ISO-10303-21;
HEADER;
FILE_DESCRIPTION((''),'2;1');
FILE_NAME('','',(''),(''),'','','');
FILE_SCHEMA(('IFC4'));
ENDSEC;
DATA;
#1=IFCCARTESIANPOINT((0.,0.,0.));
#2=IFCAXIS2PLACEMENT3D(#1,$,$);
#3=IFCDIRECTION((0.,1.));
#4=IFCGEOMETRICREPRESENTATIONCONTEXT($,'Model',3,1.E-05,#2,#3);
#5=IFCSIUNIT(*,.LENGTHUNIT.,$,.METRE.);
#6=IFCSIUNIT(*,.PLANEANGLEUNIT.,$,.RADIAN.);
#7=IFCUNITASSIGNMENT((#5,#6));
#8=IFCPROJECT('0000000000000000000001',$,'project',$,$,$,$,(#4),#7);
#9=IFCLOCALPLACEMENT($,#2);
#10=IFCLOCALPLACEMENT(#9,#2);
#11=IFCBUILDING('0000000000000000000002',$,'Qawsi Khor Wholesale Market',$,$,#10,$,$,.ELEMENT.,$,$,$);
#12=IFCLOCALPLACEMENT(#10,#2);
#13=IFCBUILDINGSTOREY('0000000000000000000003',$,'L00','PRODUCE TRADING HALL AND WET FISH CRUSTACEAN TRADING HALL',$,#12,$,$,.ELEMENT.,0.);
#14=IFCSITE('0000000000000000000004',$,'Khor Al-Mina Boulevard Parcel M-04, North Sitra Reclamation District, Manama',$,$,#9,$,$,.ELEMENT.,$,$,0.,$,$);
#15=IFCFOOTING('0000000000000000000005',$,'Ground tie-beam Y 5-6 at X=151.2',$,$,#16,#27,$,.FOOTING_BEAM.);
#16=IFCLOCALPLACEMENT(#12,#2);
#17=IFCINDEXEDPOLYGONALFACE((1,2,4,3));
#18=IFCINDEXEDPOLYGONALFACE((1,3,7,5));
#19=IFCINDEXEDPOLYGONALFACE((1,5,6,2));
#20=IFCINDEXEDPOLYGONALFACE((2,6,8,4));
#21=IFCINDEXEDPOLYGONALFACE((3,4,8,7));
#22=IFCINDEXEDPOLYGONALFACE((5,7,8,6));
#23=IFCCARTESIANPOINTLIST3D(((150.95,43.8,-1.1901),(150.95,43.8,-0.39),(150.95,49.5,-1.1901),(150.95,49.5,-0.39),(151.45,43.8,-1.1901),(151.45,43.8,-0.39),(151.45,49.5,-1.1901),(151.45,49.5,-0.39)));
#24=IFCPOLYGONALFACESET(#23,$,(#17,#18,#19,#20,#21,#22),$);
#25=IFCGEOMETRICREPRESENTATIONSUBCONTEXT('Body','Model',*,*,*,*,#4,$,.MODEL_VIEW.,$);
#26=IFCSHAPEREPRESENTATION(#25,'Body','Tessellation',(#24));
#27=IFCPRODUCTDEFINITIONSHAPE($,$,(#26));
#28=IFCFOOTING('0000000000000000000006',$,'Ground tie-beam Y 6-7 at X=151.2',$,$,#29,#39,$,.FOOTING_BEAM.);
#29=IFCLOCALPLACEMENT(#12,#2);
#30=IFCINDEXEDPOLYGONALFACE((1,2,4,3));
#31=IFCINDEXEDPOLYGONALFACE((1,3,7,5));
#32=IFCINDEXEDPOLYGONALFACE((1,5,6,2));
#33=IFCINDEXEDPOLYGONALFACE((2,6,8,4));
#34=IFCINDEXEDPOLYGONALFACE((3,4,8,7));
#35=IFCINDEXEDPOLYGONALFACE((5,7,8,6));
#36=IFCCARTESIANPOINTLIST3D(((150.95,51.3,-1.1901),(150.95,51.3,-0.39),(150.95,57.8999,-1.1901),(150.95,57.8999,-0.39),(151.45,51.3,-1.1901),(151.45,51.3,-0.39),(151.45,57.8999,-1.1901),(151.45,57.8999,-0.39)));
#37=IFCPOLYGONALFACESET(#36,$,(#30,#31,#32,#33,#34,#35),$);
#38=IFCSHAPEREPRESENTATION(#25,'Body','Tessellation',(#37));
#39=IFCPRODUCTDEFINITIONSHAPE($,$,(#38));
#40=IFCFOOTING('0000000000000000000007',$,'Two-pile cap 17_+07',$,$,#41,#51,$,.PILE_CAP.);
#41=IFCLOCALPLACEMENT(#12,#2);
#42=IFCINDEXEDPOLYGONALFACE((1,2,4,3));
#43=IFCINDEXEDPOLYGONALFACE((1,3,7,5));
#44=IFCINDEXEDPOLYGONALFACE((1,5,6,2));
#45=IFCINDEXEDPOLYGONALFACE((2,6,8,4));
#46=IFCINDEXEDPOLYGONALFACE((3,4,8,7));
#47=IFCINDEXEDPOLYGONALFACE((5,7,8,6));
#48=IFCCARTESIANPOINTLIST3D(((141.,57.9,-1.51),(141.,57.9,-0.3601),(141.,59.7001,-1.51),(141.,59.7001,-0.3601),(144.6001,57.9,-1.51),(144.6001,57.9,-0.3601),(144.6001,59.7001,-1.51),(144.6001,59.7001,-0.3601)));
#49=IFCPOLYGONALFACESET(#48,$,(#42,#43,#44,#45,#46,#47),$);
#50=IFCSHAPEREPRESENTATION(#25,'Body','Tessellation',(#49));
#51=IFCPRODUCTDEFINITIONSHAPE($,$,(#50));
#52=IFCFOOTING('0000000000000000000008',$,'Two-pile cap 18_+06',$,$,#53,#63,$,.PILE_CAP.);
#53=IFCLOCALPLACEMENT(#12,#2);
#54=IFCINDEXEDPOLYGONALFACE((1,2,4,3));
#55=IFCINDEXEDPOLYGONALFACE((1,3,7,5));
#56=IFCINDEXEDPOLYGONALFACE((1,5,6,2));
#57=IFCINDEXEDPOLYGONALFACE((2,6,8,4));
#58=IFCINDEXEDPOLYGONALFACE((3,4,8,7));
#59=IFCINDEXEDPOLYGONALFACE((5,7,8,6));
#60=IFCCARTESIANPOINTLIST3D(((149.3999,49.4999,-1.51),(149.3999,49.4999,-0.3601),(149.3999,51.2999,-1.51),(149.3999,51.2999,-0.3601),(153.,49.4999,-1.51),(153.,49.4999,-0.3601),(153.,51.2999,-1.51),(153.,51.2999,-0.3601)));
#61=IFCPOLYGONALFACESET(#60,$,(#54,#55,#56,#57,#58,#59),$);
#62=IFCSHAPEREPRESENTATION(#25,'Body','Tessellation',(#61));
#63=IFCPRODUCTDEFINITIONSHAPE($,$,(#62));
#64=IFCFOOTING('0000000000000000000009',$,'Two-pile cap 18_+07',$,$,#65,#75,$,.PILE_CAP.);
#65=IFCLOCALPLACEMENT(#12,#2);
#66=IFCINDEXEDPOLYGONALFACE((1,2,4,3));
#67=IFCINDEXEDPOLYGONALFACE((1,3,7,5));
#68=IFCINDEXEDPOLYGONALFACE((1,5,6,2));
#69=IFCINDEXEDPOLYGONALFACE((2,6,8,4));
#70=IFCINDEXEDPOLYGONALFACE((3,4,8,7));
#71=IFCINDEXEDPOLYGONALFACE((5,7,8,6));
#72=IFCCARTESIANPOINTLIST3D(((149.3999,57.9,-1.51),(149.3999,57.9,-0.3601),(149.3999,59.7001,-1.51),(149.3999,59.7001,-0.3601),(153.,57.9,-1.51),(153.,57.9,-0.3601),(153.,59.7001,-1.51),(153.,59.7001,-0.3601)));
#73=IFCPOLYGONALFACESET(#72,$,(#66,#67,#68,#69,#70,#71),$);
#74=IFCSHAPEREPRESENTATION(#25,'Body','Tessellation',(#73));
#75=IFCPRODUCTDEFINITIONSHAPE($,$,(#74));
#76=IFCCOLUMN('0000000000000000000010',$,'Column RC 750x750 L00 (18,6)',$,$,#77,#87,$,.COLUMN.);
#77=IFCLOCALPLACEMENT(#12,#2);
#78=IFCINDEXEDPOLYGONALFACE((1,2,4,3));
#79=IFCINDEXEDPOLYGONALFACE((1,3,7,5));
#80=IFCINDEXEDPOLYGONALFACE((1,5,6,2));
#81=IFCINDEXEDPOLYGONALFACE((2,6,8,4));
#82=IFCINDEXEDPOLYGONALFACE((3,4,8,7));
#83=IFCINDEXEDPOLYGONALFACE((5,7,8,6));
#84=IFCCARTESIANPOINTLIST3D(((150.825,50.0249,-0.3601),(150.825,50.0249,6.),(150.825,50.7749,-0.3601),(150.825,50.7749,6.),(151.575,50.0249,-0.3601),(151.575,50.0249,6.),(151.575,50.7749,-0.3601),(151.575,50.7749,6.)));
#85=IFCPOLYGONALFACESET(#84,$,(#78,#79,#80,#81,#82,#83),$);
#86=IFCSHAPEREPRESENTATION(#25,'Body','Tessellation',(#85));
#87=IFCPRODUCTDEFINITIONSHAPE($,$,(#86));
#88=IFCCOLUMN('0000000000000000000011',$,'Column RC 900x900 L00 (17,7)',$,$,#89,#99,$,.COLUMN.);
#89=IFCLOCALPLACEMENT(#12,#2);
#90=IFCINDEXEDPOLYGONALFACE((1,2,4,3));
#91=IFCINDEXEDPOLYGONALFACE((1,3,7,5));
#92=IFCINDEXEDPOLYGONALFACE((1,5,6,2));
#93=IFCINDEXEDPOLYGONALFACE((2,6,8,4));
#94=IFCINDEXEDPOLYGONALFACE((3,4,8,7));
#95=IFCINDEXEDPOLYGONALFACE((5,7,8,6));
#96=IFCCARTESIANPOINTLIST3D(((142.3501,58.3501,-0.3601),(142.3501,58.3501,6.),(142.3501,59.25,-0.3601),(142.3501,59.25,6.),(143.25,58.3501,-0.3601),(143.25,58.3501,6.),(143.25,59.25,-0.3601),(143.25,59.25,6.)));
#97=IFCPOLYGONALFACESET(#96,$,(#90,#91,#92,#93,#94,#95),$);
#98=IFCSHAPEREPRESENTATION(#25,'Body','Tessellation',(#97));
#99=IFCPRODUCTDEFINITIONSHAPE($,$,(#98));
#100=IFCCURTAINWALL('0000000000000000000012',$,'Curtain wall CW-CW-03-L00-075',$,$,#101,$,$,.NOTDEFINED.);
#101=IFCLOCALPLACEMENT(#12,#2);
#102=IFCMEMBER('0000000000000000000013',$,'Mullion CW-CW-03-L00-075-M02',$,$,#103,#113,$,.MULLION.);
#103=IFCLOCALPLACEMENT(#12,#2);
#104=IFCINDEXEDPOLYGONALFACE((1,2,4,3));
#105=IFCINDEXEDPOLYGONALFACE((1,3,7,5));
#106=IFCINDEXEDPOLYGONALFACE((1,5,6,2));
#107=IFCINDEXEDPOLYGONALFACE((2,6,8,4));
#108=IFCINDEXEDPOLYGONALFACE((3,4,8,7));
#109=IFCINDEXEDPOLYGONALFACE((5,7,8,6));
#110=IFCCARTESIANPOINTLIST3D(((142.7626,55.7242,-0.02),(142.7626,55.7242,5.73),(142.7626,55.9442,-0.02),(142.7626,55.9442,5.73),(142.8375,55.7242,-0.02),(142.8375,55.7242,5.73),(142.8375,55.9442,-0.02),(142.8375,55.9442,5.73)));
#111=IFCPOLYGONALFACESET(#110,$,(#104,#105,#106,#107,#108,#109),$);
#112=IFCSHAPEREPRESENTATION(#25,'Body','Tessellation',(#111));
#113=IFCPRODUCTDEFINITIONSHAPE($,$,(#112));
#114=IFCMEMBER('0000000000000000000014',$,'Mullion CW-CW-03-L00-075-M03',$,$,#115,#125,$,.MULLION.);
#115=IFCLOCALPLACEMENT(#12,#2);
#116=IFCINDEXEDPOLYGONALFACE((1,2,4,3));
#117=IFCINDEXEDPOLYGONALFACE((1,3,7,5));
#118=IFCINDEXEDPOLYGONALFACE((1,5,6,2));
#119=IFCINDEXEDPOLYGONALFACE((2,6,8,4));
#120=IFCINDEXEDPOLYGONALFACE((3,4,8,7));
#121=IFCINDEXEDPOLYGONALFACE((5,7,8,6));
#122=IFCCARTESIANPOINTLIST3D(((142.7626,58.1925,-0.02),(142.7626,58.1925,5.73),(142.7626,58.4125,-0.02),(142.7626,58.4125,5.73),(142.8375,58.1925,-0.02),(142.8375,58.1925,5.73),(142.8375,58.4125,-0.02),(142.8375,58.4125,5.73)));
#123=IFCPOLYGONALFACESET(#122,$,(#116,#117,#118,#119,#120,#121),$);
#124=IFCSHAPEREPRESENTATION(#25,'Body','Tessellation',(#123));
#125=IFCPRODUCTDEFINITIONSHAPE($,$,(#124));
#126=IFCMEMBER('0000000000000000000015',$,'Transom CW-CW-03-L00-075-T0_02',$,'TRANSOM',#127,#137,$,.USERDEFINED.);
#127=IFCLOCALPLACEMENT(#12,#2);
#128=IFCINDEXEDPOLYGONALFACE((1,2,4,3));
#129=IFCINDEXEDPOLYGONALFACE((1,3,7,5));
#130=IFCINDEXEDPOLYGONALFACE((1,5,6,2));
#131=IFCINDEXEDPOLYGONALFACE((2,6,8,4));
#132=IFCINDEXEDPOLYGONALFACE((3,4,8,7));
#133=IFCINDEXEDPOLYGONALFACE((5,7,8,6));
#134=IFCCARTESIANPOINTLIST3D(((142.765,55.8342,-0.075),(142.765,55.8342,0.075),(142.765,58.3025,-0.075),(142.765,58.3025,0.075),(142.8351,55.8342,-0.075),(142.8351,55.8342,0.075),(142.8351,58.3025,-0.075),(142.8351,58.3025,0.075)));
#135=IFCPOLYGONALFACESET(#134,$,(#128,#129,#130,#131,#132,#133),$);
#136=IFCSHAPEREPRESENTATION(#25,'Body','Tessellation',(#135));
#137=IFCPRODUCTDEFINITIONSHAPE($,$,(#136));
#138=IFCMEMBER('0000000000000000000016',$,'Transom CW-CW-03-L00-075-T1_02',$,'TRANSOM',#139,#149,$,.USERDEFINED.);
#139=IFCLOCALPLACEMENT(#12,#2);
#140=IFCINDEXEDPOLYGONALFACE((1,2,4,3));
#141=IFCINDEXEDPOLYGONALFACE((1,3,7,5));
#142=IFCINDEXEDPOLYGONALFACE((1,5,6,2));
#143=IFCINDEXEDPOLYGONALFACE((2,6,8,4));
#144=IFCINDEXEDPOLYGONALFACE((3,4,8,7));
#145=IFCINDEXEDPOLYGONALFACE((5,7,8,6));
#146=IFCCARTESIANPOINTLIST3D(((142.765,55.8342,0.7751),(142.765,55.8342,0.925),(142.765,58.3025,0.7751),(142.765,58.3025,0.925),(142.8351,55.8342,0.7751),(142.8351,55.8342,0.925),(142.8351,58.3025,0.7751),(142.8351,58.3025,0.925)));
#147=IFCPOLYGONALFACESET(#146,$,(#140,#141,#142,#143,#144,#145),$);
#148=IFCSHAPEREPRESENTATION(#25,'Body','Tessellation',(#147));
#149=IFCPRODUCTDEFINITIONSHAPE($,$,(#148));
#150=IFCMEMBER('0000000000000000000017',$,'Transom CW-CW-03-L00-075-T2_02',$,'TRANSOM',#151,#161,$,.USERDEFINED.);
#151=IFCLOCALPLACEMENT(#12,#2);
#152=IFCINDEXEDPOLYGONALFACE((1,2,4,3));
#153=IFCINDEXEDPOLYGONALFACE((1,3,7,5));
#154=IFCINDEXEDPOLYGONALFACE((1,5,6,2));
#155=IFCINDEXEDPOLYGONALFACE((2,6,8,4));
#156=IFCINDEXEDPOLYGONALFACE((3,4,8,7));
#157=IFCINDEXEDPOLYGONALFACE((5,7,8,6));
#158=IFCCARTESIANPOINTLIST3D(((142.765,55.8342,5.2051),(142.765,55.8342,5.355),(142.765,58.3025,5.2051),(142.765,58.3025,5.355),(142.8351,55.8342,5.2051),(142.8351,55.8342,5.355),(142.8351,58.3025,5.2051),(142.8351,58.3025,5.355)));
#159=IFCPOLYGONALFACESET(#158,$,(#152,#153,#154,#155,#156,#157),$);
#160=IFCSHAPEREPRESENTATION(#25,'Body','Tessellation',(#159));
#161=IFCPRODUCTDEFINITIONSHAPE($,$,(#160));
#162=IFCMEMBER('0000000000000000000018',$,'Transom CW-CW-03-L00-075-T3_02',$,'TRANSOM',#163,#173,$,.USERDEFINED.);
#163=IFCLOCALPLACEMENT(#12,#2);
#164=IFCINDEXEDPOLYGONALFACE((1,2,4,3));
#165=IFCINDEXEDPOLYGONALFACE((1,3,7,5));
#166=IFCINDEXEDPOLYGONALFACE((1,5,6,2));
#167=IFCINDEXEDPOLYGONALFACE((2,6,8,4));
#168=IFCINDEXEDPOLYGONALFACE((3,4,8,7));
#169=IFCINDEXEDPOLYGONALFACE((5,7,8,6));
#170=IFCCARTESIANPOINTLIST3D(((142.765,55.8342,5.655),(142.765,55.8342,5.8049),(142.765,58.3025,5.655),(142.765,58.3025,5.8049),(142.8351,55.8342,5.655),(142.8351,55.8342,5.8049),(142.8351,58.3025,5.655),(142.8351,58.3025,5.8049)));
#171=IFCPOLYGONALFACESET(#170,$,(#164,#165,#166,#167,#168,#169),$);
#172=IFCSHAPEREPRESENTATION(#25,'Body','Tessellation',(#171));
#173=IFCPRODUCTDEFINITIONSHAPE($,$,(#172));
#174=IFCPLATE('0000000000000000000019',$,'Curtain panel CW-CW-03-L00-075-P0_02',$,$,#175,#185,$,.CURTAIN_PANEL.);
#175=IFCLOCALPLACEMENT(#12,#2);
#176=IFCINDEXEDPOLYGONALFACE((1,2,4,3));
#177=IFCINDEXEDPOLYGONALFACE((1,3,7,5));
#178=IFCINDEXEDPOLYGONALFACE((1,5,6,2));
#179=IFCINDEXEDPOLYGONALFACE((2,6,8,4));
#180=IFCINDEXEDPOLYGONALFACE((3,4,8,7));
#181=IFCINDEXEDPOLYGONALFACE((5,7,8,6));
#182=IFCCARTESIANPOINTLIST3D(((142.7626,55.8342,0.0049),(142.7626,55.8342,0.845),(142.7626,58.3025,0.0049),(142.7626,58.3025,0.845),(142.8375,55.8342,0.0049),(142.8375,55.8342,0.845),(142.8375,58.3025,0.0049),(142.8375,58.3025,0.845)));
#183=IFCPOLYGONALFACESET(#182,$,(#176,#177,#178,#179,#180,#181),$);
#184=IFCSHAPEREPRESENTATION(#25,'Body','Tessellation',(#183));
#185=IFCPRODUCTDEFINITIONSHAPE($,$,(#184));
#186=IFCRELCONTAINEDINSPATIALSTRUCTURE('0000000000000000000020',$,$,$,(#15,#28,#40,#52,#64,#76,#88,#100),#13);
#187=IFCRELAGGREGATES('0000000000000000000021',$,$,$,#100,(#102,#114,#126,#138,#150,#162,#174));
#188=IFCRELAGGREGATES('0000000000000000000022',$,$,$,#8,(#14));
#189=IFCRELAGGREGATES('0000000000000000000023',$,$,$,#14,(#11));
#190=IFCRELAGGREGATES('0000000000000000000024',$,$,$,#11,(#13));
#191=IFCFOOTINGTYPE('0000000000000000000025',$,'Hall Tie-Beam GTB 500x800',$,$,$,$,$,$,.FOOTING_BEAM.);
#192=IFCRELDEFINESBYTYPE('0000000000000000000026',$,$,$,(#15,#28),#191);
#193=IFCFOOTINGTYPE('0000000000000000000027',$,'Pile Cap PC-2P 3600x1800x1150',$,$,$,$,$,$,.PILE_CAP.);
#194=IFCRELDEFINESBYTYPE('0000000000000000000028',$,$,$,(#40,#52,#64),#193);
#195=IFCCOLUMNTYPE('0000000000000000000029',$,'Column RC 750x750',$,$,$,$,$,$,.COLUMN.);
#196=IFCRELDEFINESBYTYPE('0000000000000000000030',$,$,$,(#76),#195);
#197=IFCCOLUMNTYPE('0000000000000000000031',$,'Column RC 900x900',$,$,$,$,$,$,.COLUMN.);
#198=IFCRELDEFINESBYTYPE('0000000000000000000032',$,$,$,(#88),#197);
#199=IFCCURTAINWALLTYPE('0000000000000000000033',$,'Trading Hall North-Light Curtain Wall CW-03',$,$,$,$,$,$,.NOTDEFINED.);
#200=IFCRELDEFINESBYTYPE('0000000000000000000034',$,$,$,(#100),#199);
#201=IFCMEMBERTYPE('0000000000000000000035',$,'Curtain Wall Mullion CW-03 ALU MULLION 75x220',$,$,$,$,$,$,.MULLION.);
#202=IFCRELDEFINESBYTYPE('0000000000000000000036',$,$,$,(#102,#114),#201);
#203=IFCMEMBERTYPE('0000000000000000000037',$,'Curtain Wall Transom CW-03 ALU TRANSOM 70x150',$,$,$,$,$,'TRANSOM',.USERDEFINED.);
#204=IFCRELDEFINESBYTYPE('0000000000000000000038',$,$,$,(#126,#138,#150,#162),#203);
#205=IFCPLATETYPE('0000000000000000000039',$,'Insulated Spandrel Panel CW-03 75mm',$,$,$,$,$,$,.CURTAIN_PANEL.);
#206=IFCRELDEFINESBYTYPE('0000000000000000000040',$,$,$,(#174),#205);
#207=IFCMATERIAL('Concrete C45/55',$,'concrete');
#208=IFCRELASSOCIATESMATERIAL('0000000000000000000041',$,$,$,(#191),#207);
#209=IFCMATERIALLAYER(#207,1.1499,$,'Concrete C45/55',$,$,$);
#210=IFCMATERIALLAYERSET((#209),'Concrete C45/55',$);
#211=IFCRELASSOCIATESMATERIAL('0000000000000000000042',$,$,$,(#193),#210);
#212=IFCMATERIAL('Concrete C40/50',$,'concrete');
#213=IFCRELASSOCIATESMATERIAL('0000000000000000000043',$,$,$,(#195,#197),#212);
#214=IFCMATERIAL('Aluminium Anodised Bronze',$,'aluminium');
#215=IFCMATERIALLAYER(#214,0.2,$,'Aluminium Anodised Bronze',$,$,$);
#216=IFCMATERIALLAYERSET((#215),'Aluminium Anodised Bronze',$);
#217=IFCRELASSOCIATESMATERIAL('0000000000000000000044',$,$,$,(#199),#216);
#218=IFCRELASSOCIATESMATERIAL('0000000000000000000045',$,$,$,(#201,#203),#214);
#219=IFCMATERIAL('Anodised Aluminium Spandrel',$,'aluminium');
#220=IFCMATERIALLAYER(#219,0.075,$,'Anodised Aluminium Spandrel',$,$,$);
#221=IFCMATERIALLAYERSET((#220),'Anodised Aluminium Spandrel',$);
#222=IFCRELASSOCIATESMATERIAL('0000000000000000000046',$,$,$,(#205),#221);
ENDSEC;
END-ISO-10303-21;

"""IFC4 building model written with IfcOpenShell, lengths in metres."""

from ifc_helpers import new_model, si_unit, direction, frame, frame_2d, origin, origin_2d, place, context, subcontext, project, spatial, rectangle, extrude, material, layer, layer_set, material_profile, profile_set, type_object, element, aggregate, save


model = new_model("IFC4")

# Units and contexts
model_context = context("Model", 3, precision=1e-05, world=origin(), true_north=direction((0.0, 1.0)))
body_context = subcontext(model_context, "Body", "Model", "MODEL_VIEW")
ifc_project = project(units=[si_unit("LENGTHUNIT", "METRE"), si_unit("PLANEANGLEUNIT", "RADIAN")], contexts=[model_context])

# Site, building, storey
site_placement = place(None, origin())
site = spatial("IfcSite", under=ifc_project, at=site_placement, Name="Khor Al-Mina Boulevard Parcel M-04, North Sitra Reclamation District, Manama", CompositionType="ELEMENT", RefElevation=0.0)
building_placement = place(site_placement, origin())
building = spatial("IfcBuilding", under=site, at=building_placement, Name="Qawsi Khor Wholesale Market", CompositionType="ELEMENT")
storey_placement = place(building_placement, origin())
storey = spatial("IfcBuildingStorey", under=building, at=storey_placement, Name="L00", Description="PRODUCE TRADING HALL AND WET FISH CRUSTACEAN TRADING HALL", CompositionType="ELEMENT", Elevation=0.0)

# Shared definitions
ifc_material_1 = material(Name="Concrete C45/55", Category="concrete")

# Footings
ifc_material_profile_1 = material_profile(ifc_material_1, rectangle(XDim=0.5, YDim=0.8, at=origin_2d()), Name="RC 500x800")
ifc_profile_set_1 = profile_set([ifc_material_profile_1], Name="Concrete C45/55")
footing_type_1 = type_object("IfcFootingType", Name="Hall Tie-Beam GTB 500x800", PredefinedType="FOOTING_BEAM", material=ifc_profile_set_1)
footing_1_placement = place(storey_placement, frame((151.2, 43.8, -0.79), z_axis=(0.0, 1.0, 0.0), x_axis=(-1.0, 0.0, 0.0)))
element("IfcFooting", 1, at=footing_1_placement, inside=storey, type_object=footing_type_1, Name="Ground tie-beam Y 5-6 at X=151.2", PredefinedType="FOOTING_BEAM", context=body_context, shape_type="SweptSolid", body=[
    extrude(rectangle(XDim=0.5, YDim=0.8, at=origin_2d()), origin(), (0.0, 0.0, 1.0), 5.7),
])
footing_2_placement = place(storey_placement, frame((151.2, 51.3, -0.79), z_axis=(0.0, 1.0, 0.0), x_axis=(-1.0, 0.0, 0.0)))
element("IfcFooting", 2, at=footing_2_placement, inside=storey, type_object=footing_type_1, Name="Ground tie-beam Y 6-7 at X=151.2", PredefinedType="FOOTING_BEAM", context=body_context, shape_type="SweptSolid", body=[
    extrude(rectangle(XDim=0.5, YDim=0.8, at=origin_2d()), origin(), (0.0, 0.0, 1.0), 6.5999),
])
ifc_layer_1 = layer(ifc_material_1, 1.1499, Name="Concrete C45/55")
ifc_layer_set_1 = layer_set([ifc_layer_1], Name="Concrete C45/55")
footing_type_2 = type_object("IfcFootingType", Name="Pile Cap PC-2P 3600x1800x1150", PredefinedType="PILE_CAP", material=ifc_layer_set_1)
for number, where, z_axis, x_axis, name in (
    (3, (142.8, 58.8, -1.51), (0.0, 0.0, 1.0), (1.0, 0.0, 0.0), "Two-pile cap 17_+07"),
    (4, (151.2, 50.3999, -1.51), (0.0, 0.0, 1.0), (1.0, 0.0, 0.0), "Two-pile cap 18_+06"),
    (5, (151.2, 58.8, -1.51), (0.0, 0.0, 1.0), (1.0, 0.0, 0.0), "Two-pile cap 18_+07"),
):
    element("IfcFooting", number, at=place(storey_placement, frame(where, z_axis=z_axis, x_axis=x_axis)), inside=storey, type_object=footing_type_2, Name=name, PredefinedType="PILE_CAP", context=body_context, shape_type="SweptSolid", body=[
        extrude(rectangle(XDim=3.6001, YDim=1.8, at=origin_2d()), origin(), (0.0, 0.0, 1.0), 1.1499),
    ])

# Columns
ifc_material_2 = material(Name="Concrete C40/50", Category="concrete")
ifc_material_profile_2 = material_profile(ifc_material_2, rectangle(XDim=0.75, YDim=0.75, at=origin_2d()), Name="RC 750x750")
ifc_profile_set_2 = profile_set([ifc_material_profile_2], Name="Concrete C40/50")
column_type_1 = type_object("IfcColumnType", Name="Column RC 750x750", PredefinedType="COLUMN", material=ifc_profile_set_2)
column_1_placement = place(storey_placement, frame((151.2, 50.3999, -0.3601), z_axis=(0.0, 0.0, 1.0), x_axis=(1.0, 0.0, 0.0)))
element("IfcColumn", 6, at=column_1_placement, inside=storey, type_object=column_type_1, Name="Column RC 750x750 L00 (18,6)", PredefinedType="COLUMN", context=body_context, shape_type="SweptSolid", body=[
    extrude(rectangle(XDim=0.75, YDim=0.75, at=origin_2d()), origin(), (0.0, 0.0, 1.0), 6.3601),
])
ifc_material_profile_3 = material_profile(ifc_material_2, rectangle(XDim=0.8999, YDim=0.8999, at=origin_2d()), Name="RC 900x900")
ifc_profile_set_3 = profile_set([ifc_material_profile_3], Name="Concrete C40/50")
column_type_2 = type_object("IfcColumnType", Name="Column RC 900x900", PredefinedType="COLUMN", material=ifc_profile_set_3)
column_2_placement = place(storey_placement, frame((142.8, 58.8, -0.3601), z_axis=(0.0, 0.0, 1.0), x_axis=(1.0, 0.0, 0.0)))
element("IfcColumn", 7, at=column_2_placement, inside=storey, type_object=column_type_2, Name="Column RC 900x900 L00 (17,7)", PredefinedType="COLUMN", context=body_context, shape_type="SweptSolid", body=[
    extrude(rectangle(XDim=0.8999, YDim=0.8999, at=origin_2d()), origin(), (0.0, 0.0, 1.0), 6.3601),
])

# Curtain wall, members, plate
ifc_material_3 = material(Name="Aluminium Anodised Bronze", Category="aluminium")
ifc_layer_2 = layer(ifc_material_3, 0.2, Name="Aluminium Anodised Bronze")
ifc_layer_set_2 = layer_set([ifc_layer_2], Name="Aluminium Anodised Bronze")
curtain_wall_type = type_object("IfcCurtainWallType", Name="Trading Hall North-Light Curtain Wall CW-03", PredefinedType="NOTDEFINED", material=ifc_layer_set_2)
curtain_wall_placement = place(storey_placement, origin())
curtain_wall = element("IfcCurtainWall", 8, at=curtain_wall_placement, inside=storey, type_object=curtain_wall_type, Name="Curtain wall CW-CW-03-L00-075", PredefinedType="NOTDEFINED")
ifc_material_profile_4 = material_profile(ifc_material_3, rectangle(XDim=0.075, YDim=0.22, at=origin_2d()), Name="ALU MULLION 75x220")
ifc_profile_set_4 = profile_set([ifc_material_profile_4], Name="Aluminium Anodised Bronze")
member_type_1 = type_object("IfcMemberType", Name="Curtain Wall Mullion CW-03 ALU MULLION 75x220", PredefinedType="MULLION", material=ifc_profile_set_4)
member_1_placement = place(storey_placement, frame((142.8, 55.8342, -0.02), z_axis=(0.0, 0.0, 1.0), x_axis=(1.0, 0.0, 0.0)))
member_1 = element("IfcMember", 9, at=member_1_placement, type_object=member_type_1, Name="Mullion CW-CW-03-L00-075-M02", PredefinedType="MULLION", context=body_context, shape_type="SweptSolid", body=[
    extrude(rectangle(XDim=0.075, YDim=0.22, at=origin_2d()), origin(), (0.0, 0.0, 1.0), 5.75),
])
member_2_placement = place(storey_placement, frame((142.8, 58.3025, -0.02), z_axis=(0.0, 0.0, 1.0), x_axis=(1.0, 0.0, 0.0)))
member_2 = element("IfcMember", 10, at=member_2_placement, type_object=member_type_1, Name="Mullion CW-CW-03-L00-075-M03", PredefinedType="MULLION", context=body_context, shape_type="SweptSolid", body=[
    extrude(rectangle(XDim=0.075, YDim=0.22, at=origin_2d()), origin(), (0.0, 0.0, 1.0), 5.75),
])
ifc_material_profile_5 = material_profile(ifc_material_3, rectangle(XDim=0.0701, YDim=0.1499, at=origin_2d()), Name="ALU TRANSOM 70x150")
ifc_profile_set_5 = profile_set([ifc_material_profile_5], Name="Aluminium Anodised Bronze")
member_type_2 = type_object("IfcMemberType", Name="Curtain Wall Transom CW-03 ALU TRANSOM 70x150", ElementType="TRANSOM", PredefinedType="USERDEFINED", material=ifc_profile_set_5)
member_3_placement = place(storey_placement, frame((142.8, 55.8342, 0.0), z_axis=(0.0, 1.0, 0.0), x_axis=(-1.0, 0.0, 0.0)))
member_3 = element("IfcMember", 11, at=member_3_placement, type_object=member_type_2, Name="Transom CW-CW-03-L00-075-T0_02", ObjectType="TRANSOM", PredefinedType="USERDEFINED", context=body_context, shape_type="SweptSolid", body=[
    extrude(rectangle(XDim=0.0701, YDim=0.1499, at=origin_2d()), origin(), (0.0, 0.0, 1.0), 2.4683),
])
member_4_placement = place(storey_placement, frame((142.8, 55.8342, 0.8501), z_axis=(0.0, 1.0, 0.0), x_axis=(-1.0, 0.0, 0.0)))
member_4 = element("IfcMember", 12, at=member_4_placement, type_object=member_type_2, Name="Transom CW-CW-03-L00-075-T1_02", ObjectType="TRANSOM", PredefinedType="USERDEFINED", context=body_context, shape_type="SweptSolid", body=[
    extrude(rectangle(XDim=0.0701, YDim=0.1499, at=origin_2d()), origin(), (0.0, 0.0, 1.0), 2.4683),
])
member_5_placement = place(storey_placement, frame((142.8, 55.8342, 5.28), z_axis=(0.0, 1.0, 0.0), x_axis=(-1.0, 0.0, 0.0)))
member_5 = element("IfcMember", 13, at=member_5_placement, type_object=member_type_2, Name="Transom CW-CW-03-L00-075-T2_02", ObjectType="TRANSOM", PredefinedType="USERDEFINED", context=body_context, shape_type="SweptSolid", body=[
    extrude(rectangle(XDim=0.0701, YDim=0.1499, at=origin_2d()), origin(), (0.0, 0.0, 1.0), 2.4683),
])
member_6_placement = place(storey_placement, frame((142.8, 55.8342, 5.73), z_axis=(0.0, 1.0, 0.0), x_axis=(-1.0, 0.0, 0.0)))
member_6 = element("IfcMember", 14, at=member_6_placement, type_object=member_type_2, Name="Transom CW-CW-03-L00-075-T3_02", ObjectType="TRANSOM", PredefinedType="USERDEFINED", context=body_context, shape_type="SweptSolid", body=[
    extrude(rectangle(XDim=0.0701, YDim=0.1499, at=origin_2d()), origin(), (0.0, 0.0, 1.0), 2.4683),
])
ifc_material_4 = material(Name="Anodised Aluminium Spandrel", Category="aluminium")
ifc_layer_3 = layer(ifc_material_4, 0.075, Name="Anodised Aluminium Spandrel")
ifc_layer_set_3 = layer_set([ifc_layer_3], Name="Anodised Aluminium Spandrel")
plate_type_1 = type_object("IfcPlateType", Name="Insulated Spandrel Panel CW-03 75mm", PredefinedType="CURTAIN_PANEL", material=ifc_layer_set_3)
plate_1_placement = place(storey_placement, frame((142.8, 55.8342, 0.0049), z_axis=(0.0, 0.0, 1.0), x_axis=(0.0, 1.0, 0.0)))
plate_1 = element("IfcPlate", 15, at=plate_1_placement, type_object=plate_type_1, Name="Curtain panel CW-CW-03-L00-075-P0_02", PredefinedType="CURTAIN_PANEL", context=body_context, shape_type="SweptSolid", body=[
    extrude(rectangle(XDim=2.4683, YDim=0.075, at=frame_2d((1.2341, 0.0))), origin(), (0.0, 0.0, 1.0), 0.8401),
])
aggregate(curtain_wall, [member_1, member_2, member_3, member_4, member_5, member_6, plate_1])

save(model, "model.ifc")
